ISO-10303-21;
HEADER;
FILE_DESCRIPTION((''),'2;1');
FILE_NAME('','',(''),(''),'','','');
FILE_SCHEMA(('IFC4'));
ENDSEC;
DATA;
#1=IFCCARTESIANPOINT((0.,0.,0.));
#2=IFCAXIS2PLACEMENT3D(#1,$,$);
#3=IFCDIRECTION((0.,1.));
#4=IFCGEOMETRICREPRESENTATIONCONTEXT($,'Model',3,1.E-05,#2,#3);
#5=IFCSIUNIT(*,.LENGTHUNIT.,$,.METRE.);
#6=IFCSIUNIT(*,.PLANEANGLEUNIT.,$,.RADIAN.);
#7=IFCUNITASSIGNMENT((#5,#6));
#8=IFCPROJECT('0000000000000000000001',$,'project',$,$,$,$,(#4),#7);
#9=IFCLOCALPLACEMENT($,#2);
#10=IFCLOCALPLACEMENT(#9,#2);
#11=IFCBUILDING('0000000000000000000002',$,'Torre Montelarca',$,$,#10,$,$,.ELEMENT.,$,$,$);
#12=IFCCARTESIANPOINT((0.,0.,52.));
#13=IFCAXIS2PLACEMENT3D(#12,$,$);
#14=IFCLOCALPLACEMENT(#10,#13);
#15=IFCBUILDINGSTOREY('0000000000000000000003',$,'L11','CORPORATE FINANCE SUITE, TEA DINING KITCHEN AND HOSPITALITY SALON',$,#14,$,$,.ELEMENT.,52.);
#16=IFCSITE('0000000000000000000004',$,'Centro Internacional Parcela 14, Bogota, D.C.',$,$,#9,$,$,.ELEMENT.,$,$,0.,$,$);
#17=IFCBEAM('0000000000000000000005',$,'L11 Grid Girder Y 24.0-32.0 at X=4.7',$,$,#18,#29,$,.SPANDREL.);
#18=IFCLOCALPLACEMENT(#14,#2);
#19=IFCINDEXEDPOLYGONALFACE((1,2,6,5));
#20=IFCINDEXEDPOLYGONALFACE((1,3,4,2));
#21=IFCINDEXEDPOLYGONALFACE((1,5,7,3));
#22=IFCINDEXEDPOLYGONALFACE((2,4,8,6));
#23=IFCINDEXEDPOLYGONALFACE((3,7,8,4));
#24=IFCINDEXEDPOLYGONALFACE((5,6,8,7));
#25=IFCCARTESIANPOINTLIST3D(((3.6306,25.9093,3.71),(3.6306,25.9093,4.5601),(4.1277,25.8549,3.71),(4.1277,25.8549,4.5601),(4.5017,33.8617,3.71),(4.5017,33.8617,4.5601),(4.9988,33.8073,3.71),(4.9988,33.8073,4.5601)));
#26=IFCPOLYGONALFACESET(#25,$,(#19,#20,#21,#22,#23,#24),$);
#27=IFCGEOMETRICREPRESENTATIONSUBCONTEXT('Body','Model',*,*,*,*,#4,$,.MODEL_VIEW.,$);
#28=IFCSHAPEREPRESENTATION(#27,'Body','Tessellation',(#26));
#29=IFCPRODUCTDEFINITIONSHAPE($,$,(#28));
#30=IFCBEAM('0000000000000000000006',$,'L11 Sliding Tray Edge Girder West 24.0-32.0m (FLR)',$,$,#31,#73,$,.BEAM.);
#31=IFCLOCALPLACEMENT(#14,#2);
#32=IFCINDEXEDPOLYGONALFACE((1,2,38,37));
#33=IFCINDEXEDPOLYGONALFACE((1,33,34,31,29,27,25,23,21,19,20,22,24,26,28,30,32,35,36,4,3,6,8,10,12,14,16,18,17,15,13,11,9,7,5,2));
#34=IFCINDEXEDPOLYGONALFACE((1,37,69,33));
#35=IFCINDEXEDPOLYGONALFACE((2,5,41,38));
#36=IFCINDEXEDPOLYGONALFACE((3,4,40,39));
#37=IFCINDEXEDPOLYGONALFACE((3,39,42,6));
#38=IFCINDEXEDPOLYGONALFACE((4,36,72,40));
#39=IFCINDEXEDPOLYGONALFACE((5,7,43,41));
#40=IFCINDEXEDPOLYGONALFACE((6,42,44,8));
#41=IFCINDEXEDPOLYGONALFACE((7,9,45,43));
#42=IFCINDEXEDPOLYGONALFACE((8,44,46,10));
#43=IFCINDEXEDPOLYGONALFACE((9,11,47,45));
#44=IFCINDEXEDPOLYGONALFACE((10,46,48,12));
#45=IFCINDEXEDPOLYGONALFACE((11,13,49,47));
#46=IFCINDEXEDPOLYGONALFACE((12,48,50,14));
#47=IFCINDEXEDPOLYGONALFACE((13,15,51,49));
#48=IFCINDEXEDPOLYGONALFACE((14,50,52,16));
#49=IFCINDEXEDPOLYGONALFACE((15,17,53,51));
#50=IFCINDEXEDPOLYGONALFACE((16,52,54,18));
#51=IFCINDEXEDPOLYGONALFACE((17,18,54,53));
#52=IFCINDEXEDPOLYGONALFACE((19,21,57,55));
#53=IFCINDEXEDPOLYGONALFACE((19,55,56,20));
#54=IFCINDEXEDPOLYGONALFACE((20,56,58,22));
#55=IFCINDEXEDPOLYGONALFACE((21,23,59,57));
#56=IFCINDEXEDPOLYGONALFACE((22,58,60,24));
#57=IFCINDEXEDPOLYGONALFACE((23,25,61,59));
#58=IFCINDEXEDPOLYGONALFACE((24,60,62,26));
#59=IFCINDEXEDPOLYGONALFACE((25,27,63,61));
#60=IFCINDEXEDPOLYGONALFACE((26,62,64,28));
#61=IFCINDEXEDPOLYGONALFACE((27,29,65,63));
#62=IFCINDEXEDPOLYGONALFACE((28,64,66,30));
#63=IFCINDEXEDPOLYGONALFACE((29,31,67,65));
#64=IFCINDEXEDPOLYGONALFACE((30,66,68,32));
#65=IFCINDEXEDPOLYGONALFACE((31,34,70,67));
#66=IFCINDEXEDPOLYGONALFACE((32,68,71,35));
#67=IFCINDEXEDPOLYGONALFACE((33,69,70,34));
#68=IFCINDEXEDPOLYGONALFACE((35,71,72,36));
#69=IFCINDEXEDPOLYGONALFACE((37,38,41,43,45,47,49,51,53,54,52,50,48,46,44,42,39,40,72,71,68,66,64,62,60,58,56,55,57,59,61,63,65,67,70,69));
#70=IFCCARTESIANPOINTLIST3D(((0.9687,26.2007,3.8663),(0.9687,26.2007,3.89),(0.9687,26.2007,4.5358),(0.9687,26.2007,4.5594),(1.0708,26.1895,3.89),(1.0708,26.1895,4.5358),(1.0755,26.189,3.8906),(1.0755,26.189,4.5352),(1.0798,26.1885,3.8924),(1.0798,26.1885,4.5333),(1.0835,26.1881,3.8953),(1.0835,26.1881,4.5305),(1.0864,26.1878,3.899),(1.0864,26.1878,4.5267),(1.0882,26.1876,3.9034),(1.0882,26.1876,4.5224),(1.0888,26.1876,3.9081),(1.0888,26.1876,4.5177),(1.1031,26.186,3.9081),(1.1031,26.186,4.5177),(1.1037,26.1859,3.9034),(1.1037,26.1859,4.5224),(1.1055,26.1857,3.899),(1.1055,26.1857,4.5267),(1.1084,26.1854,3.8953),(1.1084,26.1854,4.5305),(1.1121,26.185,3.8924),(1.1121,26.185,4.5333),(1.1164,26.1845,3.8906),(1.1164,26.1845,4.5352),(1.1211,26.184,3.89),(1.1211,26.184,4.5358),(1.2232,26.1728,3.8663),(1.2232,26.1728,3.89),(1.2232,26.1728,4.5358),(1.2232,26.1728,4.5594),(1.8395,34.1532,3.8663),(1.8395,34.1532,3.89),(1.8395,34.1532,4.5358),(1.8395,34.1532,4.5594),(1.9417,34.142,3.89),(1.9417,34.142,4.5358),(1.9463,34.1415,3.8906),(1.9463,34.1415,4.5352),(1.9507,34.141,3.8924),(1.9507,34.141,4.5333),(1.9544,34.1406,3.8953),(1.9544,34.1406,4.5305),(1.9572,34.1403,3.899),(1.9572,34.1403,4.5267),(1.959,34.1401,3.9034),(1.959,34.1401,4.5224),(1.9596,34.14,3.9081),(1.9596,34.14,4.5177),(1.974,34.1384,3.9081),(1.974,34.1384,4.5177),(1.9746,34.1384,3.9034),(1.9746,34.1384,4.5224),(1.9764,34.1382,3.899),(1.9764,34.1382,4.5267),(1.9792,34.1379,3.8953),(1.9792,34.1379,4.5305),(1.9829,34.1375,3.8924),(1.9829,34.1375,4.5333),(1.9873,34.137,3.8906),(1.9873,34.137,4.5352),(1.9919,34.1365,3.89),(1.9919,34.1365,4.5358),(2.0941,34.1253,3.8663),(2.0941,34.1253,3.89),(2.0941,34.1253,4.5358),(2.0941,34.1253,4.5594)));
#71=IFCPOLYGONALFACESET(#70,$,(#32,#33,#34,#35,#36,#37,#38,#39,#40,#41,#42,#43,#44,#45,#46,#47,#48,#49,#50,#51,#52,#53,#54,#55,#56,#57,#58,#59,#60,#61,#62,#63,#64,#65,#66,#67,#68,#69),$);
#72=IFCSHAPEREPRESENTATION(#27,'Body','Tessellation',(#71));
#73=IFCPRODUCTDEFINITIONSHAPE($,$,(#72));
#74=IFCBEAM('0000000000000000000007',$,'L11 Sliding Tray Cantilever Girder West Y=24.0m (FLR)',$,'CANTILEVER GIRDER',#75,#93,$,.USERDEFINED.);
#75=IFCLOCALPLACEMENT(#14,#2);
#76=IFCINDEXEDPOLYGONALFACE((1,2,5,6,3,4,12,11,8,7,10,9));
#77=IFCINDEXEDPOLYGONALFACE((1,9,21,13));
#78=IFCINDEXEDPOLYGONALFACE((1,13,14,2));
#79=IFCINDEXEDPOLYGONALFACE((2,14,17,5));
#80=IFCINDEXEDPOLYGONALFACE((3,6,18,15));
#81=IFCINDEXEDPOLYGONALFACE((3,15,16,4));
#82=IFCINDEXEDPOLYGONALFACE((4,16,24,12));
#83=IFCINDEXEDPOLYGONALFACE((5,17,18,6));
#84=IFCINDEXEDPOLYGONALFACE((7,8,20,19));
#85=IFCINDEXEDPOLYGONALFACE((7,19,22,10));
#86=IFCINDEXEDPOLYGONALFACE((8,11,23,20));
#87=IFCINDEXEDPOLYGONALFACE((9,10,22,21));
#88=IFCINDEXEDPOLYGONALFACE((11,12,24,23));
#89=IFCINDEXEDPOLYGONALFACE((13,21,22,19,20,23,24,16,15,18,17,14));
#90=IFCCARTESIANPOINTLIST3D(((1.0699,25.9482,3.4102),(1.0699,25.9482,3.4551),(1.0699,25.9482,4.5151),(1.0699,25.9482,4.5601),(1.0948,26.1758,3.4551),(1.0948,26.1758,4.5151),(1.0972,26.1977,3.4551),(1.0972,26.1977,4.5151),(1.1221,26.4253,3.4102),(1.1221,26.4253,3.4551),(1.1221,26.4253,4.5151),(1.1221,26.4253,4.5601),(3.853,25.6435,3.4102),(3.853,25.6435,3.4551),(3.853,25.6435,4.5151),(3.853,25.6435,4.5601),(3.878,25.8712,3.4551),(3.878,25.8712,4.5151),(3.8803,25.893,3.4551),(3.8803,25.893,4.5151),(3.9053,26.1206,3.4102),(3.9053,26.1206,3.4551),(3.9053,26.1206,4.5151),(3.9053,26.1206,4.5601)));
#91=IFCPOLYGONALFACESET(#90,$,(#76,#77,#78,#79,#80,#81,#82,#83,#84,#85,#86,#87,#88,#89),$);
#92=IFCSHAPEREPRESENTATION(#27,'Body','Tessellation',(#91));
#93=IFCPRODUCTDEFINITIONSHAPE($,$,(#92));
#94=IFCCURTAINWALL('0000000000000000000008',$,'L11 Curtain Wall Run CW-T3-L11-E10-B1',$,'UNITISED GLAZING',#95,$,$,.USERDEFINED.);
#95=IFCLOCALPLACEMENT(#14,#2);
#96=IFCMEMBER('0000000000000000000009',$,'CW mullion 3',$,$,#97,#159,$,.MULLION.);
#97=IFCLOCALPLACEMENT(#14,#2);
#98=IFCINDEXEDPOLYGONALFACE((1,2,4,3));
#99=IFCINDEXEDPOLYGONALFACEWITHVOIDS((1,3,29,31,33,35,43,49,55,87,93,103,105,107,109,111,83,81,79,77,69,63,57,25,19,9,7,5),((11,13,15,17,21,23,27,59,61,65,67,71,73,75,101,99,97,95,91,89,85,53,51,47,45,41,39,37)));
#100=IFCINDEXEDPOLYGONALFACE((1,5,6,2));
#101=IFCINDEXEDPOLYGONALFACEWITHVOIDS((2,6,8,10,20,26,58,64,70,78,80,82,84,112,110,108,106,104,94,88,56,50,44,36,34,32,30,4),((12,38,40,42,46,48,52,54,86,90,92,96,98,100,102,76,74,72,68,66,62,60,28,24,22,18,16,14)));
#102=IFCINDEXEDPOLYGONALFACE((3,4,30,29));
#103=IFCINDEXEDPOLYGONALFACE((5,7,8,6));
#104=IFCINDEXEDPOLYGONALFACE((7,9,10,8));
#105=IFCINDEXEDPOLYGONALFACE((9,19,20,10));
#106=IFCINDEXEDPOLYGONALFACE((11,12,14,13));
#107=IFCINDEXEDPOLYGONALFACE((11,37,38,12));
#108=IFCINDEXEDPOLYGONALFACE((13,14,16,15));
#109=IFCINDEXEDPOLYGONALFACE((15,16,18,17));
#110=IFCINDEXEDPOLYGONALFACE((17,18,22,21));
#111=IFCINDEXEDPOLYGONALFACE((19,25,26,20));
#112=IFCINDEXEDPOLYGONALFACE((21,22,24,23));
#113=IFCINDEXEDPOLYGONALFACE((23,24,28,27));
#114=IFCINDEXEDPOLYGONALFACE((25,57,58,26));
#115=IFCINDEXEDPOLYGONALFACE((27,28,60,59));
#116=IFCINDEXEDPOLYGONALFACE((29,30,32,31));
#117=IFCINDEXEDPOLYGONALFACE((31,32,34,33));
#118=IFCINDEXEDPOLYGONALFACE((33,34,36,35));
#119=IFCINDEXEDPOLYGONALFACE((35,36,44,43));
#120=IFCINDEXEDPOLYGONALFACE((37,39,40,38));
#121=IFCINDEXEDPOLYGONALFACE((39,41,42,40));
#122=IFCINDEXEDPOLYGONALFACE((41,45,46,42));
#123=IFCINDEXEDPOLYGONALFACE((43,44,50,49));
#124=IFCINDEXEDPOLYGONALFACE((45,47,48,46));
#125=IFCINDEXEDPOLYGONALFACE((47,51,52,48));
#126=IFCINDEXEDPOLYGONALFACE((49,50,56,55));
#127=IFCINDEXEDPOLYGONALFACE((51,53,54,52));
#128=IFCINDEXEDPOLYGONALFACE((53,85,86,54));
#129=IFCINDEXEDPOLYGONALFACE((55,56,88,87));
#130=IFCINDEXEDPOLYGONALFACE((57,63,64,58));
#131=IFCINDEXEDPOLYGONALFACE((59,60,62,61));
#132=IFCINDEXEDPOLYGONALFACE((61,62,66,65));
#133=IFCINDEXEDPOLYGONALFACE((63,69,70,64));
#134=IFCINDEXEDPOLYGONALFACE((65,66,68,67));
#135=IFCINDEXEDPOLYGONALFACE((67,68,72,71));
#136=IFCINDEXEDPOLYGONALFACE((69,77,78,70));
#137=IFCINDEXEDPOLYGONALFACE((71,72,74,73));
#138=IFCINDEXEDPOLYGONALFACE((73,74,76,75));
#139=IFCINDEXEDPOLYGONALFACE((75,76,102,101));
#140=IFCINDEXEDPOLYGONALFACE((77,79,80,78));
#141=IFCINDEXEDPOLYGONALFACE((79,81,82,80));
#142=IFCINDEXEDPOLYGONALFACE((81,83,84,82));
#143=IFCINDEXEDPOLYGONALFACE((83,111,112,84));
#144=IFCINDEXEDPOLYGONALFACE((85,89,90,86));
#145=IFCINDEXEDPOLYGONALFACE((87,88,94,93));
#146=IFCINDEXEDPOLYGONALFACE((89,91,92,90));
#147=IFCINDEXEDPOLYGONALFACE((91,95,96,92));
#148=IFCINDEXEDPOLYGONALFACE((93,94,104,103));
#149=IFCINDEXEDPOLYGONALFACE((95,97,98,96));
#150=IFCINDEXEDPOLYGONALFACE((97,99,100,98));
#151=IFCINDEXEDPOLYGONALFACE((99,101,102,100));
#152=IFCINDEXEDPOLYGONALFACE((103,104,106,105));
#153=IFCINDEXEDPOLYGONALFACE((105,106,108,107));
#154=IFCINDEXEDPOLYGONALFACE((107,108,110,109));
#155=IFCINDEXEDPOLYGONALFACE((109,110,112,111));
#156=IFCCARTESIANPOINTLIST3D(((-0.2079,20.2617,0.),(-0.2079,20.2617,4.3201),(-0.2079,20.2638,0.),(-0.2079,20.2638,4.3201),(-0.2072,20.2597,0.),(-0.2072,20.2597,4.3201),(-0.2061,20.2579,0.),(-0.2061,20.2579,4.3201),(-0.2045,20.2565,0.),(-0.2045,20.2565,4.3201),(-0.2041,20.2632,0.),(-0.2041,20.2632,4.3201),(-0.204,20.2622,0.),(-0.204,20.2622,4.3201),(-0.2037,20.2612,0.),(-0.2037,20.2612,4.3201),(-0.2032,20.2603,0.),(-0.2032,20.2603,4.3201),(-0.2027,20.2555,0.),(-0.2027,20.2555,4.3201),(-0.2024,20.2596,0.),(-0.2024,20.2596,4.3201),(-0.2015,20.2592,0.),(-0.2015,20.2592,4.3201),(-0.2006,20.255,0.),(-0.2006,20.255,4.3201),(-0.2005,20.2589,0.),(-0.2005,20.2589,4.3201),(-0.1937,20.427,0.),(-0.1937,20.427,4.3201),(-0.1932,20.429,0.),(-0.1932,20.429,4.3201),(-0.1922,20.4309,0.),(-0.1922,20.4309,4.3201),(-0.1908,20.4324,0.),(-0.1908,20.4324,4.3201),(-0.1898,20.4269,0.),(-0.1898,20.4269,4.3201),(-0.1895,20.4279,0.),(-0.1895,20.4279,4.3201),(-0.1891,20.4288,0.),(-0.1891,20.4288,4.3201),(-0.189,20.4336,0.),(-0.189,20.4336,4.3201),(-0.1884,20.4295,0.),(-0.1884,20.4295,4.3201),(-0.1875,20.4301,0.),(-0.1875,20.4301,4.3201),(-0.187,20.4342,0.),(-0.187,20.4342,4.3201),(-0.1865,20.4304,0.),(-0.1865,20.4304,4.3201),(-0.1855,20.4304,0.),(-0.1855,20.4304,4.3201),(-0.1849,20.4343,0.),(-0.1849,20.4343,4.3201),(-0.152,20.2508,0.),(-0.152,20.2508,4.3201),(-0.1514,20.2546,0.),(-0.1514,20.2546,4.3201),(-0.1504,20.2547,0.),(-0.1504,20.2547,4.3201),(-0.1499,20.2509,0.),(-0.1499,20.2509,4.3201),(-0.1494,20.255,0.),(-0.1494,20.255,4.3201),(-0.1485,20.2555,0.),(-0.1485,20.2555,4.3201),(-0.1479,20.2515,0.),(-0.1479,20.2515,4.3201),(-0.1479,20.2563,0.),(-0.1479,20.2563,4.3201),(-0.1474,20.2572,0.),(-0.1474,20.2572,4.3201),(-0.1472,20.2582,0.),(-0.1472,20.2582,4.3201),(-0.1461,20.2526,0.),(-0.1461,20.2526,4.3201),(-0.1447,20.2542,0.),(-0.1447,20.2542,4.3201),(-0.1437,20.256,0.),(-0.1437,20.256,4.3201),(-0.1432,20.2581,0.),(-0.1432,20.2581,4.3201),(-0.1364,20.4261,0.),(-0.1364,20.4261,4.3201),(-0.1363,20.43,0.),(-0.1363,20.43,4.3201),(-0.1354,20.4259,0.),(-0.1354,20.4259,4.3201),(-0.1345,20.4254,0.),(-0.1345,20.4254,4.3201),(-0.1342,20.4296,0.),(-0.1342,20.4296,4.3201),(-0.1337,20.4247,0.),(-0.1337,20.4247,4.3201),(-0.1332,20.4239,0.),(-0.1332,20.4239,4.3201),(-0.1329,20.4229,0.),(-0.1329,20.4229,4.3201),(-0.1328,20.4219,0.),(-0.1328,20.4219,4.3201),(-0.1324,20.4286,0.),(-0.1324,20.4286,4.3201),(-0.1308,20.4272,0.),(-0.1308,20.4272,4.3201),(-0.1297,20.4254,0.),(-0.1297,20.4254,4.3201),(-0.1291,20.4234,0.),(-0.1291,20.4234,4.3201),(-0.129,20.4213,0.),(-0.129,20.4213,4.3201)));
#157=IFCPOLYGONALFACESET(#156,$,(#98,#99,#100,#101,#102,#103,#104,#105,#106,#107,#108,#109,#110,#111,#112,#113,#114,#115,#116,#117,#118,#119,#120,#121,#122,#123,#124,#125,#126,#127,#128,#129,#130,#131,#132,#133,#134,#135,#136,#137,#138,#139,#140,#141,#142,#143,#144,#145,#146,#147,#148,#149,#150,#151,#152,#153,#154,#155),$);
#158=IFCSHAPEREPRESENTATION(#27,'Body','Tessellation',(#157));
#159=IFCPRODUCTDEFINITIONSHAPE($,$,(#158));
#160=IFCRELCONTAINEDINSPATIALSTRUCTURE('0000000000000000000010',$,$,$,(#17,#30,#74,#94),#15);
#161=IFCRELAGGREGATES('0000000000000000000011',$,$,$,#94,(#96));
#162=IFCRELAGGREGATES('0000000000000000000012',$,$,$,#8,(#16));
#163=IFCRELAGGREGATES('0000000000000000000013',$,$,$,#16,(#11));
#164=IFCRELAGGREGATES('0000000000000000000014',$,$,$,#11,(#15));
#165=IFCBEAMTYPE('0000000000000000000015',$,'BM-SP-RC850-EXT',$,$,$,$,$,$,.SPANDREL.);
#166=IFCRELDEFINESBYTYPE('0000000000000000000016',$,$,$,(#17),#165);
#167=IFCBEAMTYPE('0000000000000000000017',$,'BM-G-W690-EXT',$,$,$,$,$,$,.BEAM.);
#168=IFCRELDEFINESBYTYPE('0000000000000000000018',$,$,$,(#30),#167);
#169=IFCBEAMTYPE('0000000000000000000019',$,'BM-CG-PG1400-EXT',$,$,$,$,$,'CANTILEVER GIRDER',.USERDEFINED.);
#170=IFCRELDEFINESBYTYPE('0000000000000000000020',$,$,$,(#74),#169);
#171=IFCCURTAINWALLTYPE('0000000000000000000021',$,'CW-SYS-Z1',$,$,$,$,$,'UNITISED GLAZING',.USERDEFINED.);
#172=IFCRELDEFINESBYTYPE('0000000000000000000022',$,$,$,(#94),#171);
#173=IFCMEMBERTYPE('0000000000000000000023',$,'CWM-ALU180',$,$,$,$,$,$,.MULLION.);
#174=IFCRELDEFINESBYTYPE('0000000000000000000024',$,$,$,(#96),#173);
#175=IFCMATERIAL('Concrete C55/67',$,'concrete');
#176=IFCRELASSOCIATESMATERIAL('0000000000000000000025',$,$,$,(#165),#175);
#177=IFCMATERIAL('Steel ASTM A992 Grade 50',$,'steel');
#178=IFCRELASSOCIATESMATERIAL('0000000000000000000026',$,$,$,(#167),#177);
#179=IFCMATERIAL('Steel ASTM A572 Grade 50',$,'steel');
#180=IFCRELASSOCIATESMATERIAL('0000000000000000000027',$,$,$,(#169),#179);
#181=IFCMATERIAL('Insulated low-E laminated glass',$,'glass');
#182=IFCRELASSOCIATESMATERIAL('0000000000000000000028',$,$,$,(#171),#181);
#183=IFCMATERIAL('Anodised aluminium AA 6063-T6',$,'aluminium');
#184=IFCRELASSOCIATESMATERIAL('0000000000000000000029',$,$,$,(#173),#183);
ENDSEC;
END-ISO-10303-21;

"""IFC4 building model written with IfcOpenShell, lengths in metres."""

from ifc_helpers import new_model, si_unit, direction, frame, origin, origin_2d, place, context, subcontext, project, spatial, rectangle, hollow_rectangle, i_section, extrude, source, transform, mapped, material, material_profile, profile_set, type_object, element, aggregate, save


model = new_model("IFC4")

# Units and contexts
model_context = context("Model", 3, precision=1e-05, world=origin(), true_north=direction((0.0, 1.0)))
body_context = subcontext(model_context, "Body", "Model", "MODEL_VIEW")
ifc_project = project(units=[si_unit("LENGTHUNIT", "METRE"), si_unit("PLANEANGLEUNIT", "RADIAN")], contexts=[model_context])

# Site, building, storey
site_placement = place(None, origin())
site = spatial("IfcSite", under=ifc_project, at=site_placement, Name="Centro Internacional Parcela 14, Bogota, D.C.", CompositionType="ELEMENT", RefElevation=0.0)
building_placement = place(site_placement, origin())
building = spatial("IfcBuilding", under=site, at=building_placement, Name="Torre Montelarca", CompositionType="ELEMENT")
storey_placement = place(building_placement, frame((0.0, 0.0, 52.0)))
storey = spatial("IfcBuildingStorey", under=building, at=storey_placement, Name="L11", Description="CORPORATE FINANCE SUITE, TEA DINING KITCHEN AND HOSPITALITY SALON", CompositionType="ELEMENT", Elevation=52.0)

# Beams
ifc_material_1 = material(Name="Concrete C55/67", Category="concrete")
ifc_material_profile_1 = material_profile(ifc_material_1, rectangle(XDim=0.5, YDim=0.8501, at=origin_2d()), Name="RCB500X850", Category="concrete")
ifc_profile_set_1 = profile_set([ifc_material_profile_1], Name="Concrete C55/67")
beam_type_1 = type_object("IfcBeamType", Name="BM-SP-RC850-EXT", PredefinedType="SPANDREL", material=ifc_profile_set_1)
shared_shape_1 = source(origin(), body_context, "Body", "SweptSolid", [
    extrude(rectangle(XDim=0.5, YDim=0.8501, at=origin_2d()), origin(), (0.0, 0.0, 1.0), 8.0),
])
beam_1_placement = place(storey_placement, frame((3.8792, 25.8821, 4.135), z_axis=(0.108887, 0.994054, 0.0), x_axis=(-0.994054, 0.108887, 0.0)))
element("IfcBeam", 1, at=beam_1_placement, inside=storey, type_object=beam_type_1, Name="L11 Grid Girder Y 24.0-32.0 at X=4.7", PredefinedType="SPANDREL", context=body_context, shape_type="MappedRepresentation", body=[
    mapped(shared_shape_1, transform((0.0, 0.0, 0.0), scale=1.0)),
])
ifc_material_2 = material(Name="Steel ASTM A992 Grade 50", Category="steel")
ifc_material_profile_2 = material_profile(ifc_material_2, i_section(OverallWidth=0.2561, OverallDepth=0.6931, WebThickness=0.0144, FlangeThickness=0.0237, FilletRadius=0.0181, at=origin_2d()), Name="W690X170", Category="steel")
ifc_profile_set_2 = profile_set([ifc_material_profile_2], Name="Steel ASTM A992 Grade 50")
beam_type_2 = type_object("IfcBeamType", Name="BM-G-W690-EXT", PredefinedType="BEAM", material=ifc_profile_set_2)
shared_shape_2 = source(origin(), body_context, "Body", "SweptSolid", [
    extrude(i_section(OverallWidth=0.2561, OverallDepth=0.6931, WebThickness=0.0144, FlangeThickness=0.0237, FilletRadius=0.0181, at=origin_2d()), origin(), (0.0, 0.0, 1.0), 8.0),
])
beam_2_placement = place(storey_placement, frame((1.0959, 26.1868, 4.2129), z_axis=(0.108857, 0.994057, 0.0), x_axis=(-0.994057, 0.108857, 0.0)))
element("IfcBeam", 2, at=beam_2_placement, inside=storey, type_object=beam_type_2, Name="L11 Sliding Tray Edge Girder West 24.0-32.0m (FLR)", PredefinedType="BEAM", context=body_context, shape_type="MappedRepresentation", body=[
    mapped(shared_shape_2, transform((0.0, 0.0, 0.0), scale=1.0)),
])
ifc_material_3 = material(Name="Steel ASTM A572 Grade 50", Category="steel")
ifc_material_profile_3 = material_profile(ifc_material_3, i_section(OverallWidth=0.48, OverallDepth=1.1499, WebThickness=0.022, FlangeThickness=0.0449, at=origin_2d()), Name="PG1150X480X22X45", Category="steel")
ifc_profile_set_3 = profile_set([ifc_material_profile_3], Name="Steel ASTM A572 Grade 50")
beam_type_3 = type_object("IfcBeamType", Name="BM-CG-PG1400-EXT", ElementType="CANTILEVER GIRDER", PredefinedType="USERDEFINED", material=ifc_profile_set_3)
shared_shape_3 = source(origin(), body_context, "Body", "SweptSolid", [
    extrude(i_section(OverallWidth=0.48, OverallDepth=1.1499, WebThickness=0.022, FlangeThickness=0.0449, at=origin_2d()), origin(), (0.0, 0.0, 1.0), 2.7998),
])
beam_3_placement = place(storey_placement, frame((3.8792, 25.8821, 3.9851), z_axis=(-0.994061, 0.108824, 0.0), x_axis=(-0.108824, -0.994061, 0.0)))
element("IfcBeam", 3, at=beam_3_placement, inside=storey, type_object=beam_type_3, Name="L11 Sliding Tray Cantilever Girder West Y=24.0m (FLR)", ObjectType="CANTILEVER GIRDER", PredefinedType="USERDEFINED", context=body_context, shape_type="MappedRepresentation", body=[
    mapped(shared_shape_3, transform((0.0, 0.0, 0.0), scale=1.0)),
])

# Curtain wall, member
ifc_material_4 = material(Name="Insulated low-E laminated glass", Category="glass")
curtain_wall_type = type_object("IfcCurtainWallType", Name="CW-SYS-Z1", ElementType="UNITISED GLAZING", PredefinedType="USERDEFINED", material=ifc_material_4)
curtain_wall_1_placement = place(storey_placement, origin())
curtain_wall_1 = element("IfcCurtainWall", 4, at=curtain_wall_1_placement, inside=storey, type_object=curtain_wall_type, Name="L11 Curtain Wall Run CW-T3-L11-E10-B1", ObjectType="UNITISED GLAZING", PredefinedType="USERDEFINED")
ifc_material_5 = material(Name="Anodised aluminium AA 6063-T6", Category="aluminium")
ifc_material_profile_4 = material_profile(ifc_material_5, hollow_rectangle(XDim=0.0649, YDim=0.1799, WallThickness=0.0039, InnerFilletRadius=0.0039, OuterFilletRadius=0.0081, at=origin_2d()), Name="ALU65X180X4", Category="aluminium")
ifc_profile_set_4 = profile_set([ifc_material_profile_4], Name="Anodised aluminium AA 6063-T6")
member_type_1 = type_object("IfcMemberType", Name="CWM-ALU180", PredefinedType="MULLION", material=ifc_profile_set_4)
shared_shape_4 = source(origin(), body_context, "Body", "SweptSolid", [
    extrude(hollow_rectangle(XDim=0.0649, YDim=0.1799, WallThickness=0.0039, InnerFilletRadius=0.0039, OuterFilletRadius=0.0081, at=origin_2d()), origin(), (0.0, 0.0, 1.0), 4.3201),
])
member_1_placement = place(storey_placement, frame((-0.1685, 20.3425, 0.0), z_axis=(0.0, 0.0, 1.0), x_axis=(0.996194, -0.087162, 0.0)))
member_1 = element("IfcMember", 5, at=member_1_placement, type_object=member_type_1, Name="CW mullion 3", PredefinedType="MULLION", context=body_context, shape_type="MappedRepresentation", body=[
    mapped(shared_shape_4, transform((0.0, 0.0, 0.0), scale=1.0)),
])
aggregate(curtain_wall_1, [member_1])

save(model, "model.ifc")
